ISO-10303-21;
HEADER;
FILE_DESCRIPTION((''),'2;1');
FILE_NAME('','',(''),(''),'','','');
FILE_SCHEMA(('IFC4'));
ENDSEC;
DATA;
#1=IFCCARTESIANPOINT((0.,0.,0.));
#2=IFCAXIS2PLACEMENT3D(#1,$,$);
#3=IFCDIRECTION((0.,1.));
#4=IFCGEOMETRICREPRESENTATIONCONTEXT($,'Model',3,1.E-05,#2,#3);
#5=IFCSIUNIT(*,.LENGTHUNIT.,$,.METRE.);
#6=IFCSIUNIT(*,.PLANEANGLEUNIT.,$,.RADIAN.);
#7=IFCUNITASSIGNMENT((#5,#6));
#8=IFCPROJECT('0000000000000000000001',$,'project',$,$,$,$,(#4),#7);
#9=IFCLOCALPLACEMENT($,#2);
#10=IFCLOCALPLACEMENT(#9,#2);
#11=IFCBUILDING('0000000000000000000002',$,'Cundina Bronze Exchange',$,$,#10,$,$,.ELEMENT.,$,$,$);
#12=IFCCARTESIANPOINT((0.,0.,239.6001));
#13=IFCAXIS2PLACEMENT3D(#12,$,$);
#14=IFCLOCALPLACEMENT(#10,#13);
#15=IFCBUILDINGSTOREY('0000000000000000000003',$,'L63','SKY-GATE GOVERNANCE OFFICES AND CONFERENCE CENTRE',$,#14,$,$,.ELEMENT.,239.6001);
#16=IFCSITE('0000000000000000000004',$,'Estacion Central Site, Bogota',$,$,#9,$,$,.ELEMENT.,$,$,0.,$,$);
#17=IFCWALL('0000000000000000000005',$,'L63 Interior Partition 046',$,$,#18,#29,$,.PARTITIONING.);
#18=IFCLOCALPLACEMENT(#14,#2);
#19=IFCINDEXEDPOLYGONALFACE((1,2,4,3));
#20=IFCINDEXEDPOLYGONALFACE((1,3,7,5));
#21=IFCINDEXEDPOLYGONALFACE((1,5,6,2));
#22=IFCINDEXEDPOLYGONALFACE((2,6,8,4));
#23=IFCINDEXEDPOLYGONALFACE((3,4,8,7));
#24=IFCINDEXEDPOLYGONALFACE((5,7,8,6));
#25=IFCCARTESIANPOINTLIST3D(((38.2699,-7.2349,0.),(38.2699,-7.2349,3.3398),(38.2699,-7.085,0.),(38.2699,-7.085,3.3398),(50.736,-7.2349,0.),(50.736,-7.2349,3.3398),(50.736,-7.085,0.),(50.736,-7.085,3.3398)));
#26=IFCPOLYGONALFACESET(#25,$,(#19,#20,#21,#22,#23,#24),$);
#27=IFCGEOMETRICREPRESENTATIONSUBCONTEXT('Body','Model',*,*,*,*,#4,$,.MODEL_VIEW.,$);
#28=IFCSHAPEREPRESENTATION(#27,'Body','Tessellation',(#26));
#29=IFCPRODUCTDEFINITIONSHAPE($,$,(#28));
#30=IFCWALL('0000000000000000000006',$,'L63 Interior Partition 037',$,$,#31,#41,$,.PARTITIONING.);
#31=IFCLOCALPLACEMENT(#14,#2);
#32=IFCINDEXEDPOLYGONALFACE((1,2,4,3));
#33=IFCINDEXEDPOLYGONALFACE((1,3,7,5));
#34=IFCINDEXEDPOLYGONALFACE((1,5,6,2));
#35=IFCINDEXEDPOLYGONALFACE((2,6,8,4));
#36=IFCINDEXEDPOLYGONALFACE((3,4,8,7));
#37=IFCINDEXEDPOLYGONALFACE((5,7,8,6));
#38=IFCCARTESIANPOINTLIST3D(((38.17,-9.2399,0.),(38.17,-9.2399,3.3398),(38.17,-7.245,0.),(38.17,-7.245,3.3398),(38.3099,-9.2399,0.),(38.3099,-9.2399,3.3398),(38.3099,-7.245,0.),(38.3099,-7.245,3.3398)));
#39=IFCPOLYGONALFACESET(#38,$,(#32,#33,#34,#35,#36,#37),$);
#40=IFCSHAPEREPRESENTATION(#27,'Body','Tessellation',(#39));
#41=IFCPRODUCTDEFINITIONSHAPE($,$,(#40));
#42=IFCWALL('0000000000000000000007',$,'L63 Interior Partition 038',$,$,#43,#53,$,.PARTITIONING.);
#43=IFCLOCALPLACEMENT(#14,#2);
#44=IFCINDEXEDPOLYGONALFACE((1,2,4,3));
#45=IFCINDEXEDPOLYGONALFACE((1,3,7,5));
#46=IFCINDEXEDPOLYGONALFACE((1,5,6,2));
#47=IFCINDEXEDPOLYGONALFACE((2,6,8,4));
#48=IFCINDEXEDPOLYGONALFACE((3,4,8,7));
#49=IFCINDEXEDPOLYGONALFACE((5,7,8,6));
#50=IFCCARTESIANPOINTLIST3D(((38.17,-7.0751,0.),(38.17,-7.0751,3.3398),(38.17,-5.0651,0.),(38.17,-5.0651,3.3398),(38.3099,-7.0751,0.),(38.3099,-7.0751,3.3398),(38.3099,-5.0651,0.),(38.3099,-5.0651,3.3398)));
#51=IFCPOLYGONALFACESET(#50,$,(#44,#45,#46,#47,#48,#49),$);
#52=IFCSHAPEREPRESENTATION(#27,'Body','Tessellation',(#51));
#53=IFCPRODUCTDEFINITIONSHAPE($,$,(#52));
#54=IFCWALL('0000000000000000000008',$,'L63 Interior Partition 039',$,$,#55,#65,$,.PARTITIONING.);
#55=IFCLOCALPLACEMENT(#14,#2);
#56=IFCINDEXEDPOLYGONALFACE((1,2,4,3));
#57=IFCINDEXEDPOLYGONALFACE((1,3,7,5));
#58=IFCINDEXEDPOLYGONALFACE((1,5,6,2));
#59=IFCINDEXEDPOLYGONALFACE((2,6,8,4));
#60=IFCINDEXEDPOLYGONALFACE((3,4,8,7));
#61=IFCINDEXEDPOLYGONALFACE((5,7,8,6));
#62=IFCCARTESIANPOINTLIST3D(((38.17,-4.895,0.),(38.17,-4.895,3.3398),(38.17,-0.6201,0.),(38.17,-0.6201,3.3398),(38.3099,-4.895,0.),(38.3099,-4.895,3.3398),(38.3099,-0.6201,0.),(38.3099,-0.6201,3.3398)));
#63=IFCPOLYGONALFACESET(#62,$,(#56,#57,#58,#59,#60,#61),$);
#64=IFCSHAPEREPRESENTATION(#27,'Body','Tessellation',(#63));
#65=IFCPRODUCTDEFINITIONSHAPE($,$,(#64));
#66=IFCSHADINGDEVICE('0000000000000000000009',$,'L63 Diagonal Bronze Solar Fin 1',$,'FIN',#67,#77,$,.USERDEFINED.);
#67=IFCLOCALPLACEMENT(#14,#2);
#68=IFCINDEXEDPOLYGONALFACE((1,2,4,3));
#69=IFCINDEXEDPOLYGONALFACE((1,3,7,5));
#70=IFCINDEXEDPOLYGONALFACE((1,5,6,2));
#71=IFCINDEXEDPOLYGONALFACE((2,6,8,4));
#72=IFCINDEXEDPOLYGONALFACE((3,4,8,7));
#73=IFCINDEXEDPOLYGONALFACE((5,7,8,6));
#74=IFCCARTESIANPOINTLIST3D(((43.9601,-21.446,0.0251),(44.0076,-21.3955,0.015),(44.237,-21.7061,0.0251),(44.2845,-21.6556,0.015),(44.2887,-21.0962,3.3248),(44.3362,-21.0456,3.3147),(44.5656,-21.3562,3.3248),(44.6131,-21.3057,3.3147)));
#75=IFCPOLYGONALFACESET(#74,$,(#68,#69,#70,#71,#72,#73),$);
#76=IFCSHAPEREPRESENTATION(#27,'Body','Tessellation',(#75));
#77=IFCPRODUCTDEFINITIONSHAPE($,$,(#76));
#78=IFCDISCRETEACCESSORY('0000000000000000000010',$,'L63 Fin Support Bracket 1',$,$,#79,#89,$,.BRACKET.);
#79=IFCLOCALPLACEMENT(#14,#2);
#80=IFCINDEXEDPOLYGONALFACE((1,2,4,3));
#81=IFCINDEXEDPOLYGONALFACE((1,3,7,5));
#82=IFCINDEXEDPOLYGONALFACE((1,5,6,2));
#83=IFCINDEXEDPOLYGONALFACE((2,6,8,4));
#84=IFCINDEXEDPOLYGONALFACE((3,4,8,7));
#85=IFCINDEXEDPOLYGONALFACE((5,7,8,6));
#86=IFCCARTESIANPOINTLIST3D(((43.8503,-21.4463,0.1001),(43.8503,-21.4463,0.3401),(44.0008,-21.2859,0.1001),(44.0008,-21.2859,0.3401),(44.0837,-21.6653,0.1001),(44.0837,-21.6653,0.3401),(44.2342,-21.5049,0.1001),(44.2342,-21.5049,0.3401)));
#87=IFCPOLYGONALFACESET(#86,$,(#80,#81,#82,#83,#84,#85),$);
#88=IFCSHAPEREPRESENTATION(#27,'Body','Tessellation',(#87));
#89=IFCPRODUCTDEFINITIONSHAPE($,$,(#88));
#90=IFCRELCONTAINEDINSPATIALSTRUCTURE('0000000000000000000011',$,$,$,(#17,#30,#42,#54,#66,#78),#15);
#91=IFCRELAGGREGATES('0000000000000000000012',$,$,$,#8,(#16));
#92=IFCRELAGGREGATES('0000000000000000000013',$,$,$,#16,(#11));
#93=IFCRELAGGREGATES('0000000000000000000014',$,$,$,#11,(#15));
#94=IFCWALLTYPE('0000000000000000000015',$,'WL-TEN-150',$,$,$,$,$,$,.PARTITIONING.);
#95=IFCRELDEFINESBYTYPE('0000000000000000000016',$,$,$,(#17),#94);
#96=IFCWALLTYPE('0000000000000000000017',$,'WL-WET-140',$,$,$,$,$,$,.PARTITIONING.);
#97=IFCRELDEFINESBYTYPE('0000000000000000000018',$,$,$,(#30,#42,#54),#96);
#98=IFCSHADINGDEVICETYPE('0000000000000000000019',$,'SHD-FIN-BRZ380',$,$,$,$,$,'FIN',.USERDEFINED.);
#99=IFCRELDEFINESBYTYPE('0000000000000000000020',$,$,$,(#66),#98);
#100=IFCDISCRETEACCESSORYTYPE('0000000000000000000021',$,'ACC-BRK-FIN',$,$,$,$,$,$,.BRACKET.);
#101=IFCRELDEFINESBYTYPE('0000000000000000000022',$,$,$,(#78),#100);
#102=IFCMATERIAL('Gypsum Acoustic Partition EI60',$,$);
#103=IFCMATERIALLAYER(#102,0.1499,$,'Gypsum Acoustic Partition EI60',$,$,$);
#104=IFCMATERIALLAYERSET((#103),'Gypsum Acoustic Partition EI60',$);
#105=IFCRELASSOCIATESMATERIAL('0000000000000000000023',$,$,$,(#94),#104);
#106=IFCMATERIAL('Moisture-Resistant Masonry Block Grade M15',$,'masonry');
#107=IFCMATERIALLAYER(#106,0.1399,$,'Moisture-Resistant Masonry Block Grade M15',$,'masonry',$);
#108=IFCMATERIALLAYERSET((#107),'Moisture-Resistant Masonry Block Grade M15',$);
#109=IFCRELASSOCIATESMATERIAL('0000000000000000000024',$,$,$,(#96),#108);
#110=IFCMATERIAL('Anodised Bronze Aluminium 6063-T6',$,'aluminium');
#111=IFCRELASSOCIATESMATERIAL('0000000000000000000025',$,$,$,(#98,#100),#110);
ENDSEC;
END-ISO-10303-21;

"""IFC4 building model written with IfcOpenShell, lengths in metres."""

from ifc_helpers import new_model, si_unit, direction, frame, frame_2d, origin, origin_2d, place, context, subcontext, project, spatial, rectangle, extrude, material, layer, layer_set, material_profile, profile_set, type_object, element, save


model = new_model("IFC4")

# Units and contexts
model_context = context("Model", 3, precision=1e-05, world=origin(), true_north=direction((0.0, 1.0)))
body_context = subcontext(model_context, "Body", "Model", "MODEL_VIEW")
ifc_project = project(units=[si_unit("LENGTHUNIT", "METRE"), si_unit("PLANEANGLEUNIT", "RADIAN")], contexts=[model_context])

# Site, building, storey
site_placement = place(None, origin())
site = spatial("IfcSite", under=ifc_project, at=site_placement, Name="Estacion Central Site, Bogota", CompositionType="ELEMENT", RefElevation=0.0)
building_placement = place(site_placement, origin())
building = spatial("IfcBuilding", under=site, at=building_placement, Name="Cundina Bronze Exchange", CompositionType="ELEMENT")
storey_placement = place(building_placement, frame((0.0, 0.0, 239.6001)))
storey = spatial("IfcBuildingStorey", under=building, at=storey_placement, Name="L63", Description="SKY-GATE GOVERNANCE OFFICES AND CONFERENCE CENTRE", CompositionType="ELEMENT", Elevation=239.6001)

# Shared definitions
ifc_material_1 = material(Name="Anodised Bronze Aluminium 6063-T6", Category="aluminium")

# Walls
ifc_material_2 = material(Name="Gypsum Acoustic Partition EI60")
ifc_layer_1 = layer(ifc_material_2, 0.1499, Name="Gypsum Acoustic Partition EI60")
ifc_layer_set_1 = layer_set([ifc_layer_1], Name="Gypsum Acoustic Partition EI60")
wall_type_1 = type_object("IfcWallType", Name="WL-TEN-150", PredefinedType="PARTITIONING", material=ifc_layer_set_1)
wall_1_placement = place(storey_placement, frame((38.27, -7.1599, 0.0), z_axis=(0.0, 0.0, 1.0), x_axis=(1.0, 0.0, 0.0)))
element("IfcWall", 1, at=wall_1_placement, inside=storey, type_object=wall_type_1, Name="L63 Interior Partition 046", PredefinedType="PARTITIONING", context=body_context, shape_type="SweptSolid", body=[
    extrude(rectangle(XDim=12.4661, YDim=0.1499, at=frame_2d((6.2329, 0.0))), origin(), (0.0, 0.0, 1.0), 3.3398),
])
ifc_material_3 = material(Name="Moisture-Resistant Masonry Block Grade M15", Category="masonry")
ifc_layer_2 = layer(ifc_material_3, 0.1399, Name="Moisture-Resistant Masonry Block Grade M15", Category="masonry")
ifc_layer_set_2 = layer_set([ifc_layer_2], Name="Moisture-Resistant Masonry Block Grade M15")
wall_type_2 = type_object("IfcWallType", Name="WL-WET-140", PredefinedType="PARTITIONING", material=ifc_layer_set_2)
wall_2_placement = place(storey_placement, frame((38.24, -9.24, 0.0), z_axis=(0.0, 0.0, 1.0), x_axis=(0.0, 1.0, 0.0)))
element("IfcWall", 2, at=wall_2_placement, inside=storey, type_object=wall_type_2, Name="L63 Interior Partition 037", PredefinedType="PARTITIONING", context=body_context, shape_type="SweptSolid", body=[
    extrude(rectangle(XDim=1.9949, YDim=0.1399, at=frame_2d((0.9976, 0.0))), origin(), (0.0, 0.0, 1.0), 3.3398),
])
wall_3_placement = place(storey_placement, frame((38.24, -7.075, 0.0), z_axis=(0.0, 0.0, 1.0), x_axis=(0.0, 1.0, 0.0)))
element("IfcWall", 3, at=wall_3_placement, inside=storey, type_object=wall_type_2, Name="L63 Interior Partition 038", PredefinedType="PARTITIONING", context=body_context, shape_type="SweptSolid", body=[
    extrude(rectangle(XDim=2.01, YDim=0.1399, at=frame_2d((1.0049, 0.0))), origin(), (0.0, 0.0, 1.0), 3.3398),
])
wall_4_placement = place(storey_placement, frame((38.24, -4.895, 0.0), z_axis=(0.0, 0.0, 1.0), x_axis=(0.0, 1.0, 0.0)))
element("IfcWall", 4, at=wall_4_placement, inside=storey, type_object=wall_type_2, Name="L63 Interior Partition 039", PredefinedType="PARTITIONING", context=body_context, shape_type="SweptSolid", body=[
    extrude(rectangle(XDim=4.2749, YDim=0.1399, at=frame_2d((2.1375, 0.0))), origin(), (0.0, 0.0, 1.0), 3.3398),
])

# Shading device
ifc_material_profile_1 = material_profile(ifc_material_1, rectangle(XDim=0.0701, YDim=0.3799, at=origin_2d()), Name="FIN70X380", Category="aluminium")
ifc_profile_set_1 = profile_set([ifc_material_profile_1], Name="Anodised Bronze Aluminium 6063-T6")
shading_device_type = type_object("IfcShadingDeviceType", Name="SHD-FIN-BRZ380", ElementType="FIN", PredefinedType="USERDEFINED", material=ifc_profile_set_1)
shading_device_placement = place(storey_placement, frame((44.1223, -21.5508, 0.02), z_axis=(0.098549, 0.104918, 0.989586), x_axis=(-0.677505, -0.721296, 0.143943)))
element("IfcShadingDevice", 5, at=shading_device_placement, inside=storey, type_object=shading_device_type, Name="L63 Diagonal Bronze Solar Fin 1", ObjectType="FIN", PredefinedType="USERDEFINED", context=body_context, shape_type="SweptSolid", body=[
    extrude(rectangle(XDim=0.0701, YDim=0.3799, at=origin_2d()), origin(), (0.0, 0.0, 1.0), 3.3345),
])

# Discrete accessory
discrete_accessory_type = type_object("IfcDiscreteAccessoryType", Name="ACC-BRK-FIN", PredefinedType="BRACKET", material=ifc_material_1)
discrete_accessory_placement = place(storey_placement, frame((44.0422, -21.4756, 0.1001), z_axis=(0.0, 0.0, 1.0), x_axis=(0.684344, 0.72916, 0.0)))
element("IfcDiscreteAccessory", 6, at=discrete_accessory_placement, inside=storey, type_object=discrete_accessory_type, Name="L63 Fin Support Bracket 1", PredefinedType="BRACKET", context=body_context, shape_type="SweptSolid", body=[
    extrude(rectangle(XDim=0.22, YDim=0.3201, at=origin_2d()), origin(), (0.0, 0.0, 1.0), 0.24),
])

save(model, "model.ifc")
